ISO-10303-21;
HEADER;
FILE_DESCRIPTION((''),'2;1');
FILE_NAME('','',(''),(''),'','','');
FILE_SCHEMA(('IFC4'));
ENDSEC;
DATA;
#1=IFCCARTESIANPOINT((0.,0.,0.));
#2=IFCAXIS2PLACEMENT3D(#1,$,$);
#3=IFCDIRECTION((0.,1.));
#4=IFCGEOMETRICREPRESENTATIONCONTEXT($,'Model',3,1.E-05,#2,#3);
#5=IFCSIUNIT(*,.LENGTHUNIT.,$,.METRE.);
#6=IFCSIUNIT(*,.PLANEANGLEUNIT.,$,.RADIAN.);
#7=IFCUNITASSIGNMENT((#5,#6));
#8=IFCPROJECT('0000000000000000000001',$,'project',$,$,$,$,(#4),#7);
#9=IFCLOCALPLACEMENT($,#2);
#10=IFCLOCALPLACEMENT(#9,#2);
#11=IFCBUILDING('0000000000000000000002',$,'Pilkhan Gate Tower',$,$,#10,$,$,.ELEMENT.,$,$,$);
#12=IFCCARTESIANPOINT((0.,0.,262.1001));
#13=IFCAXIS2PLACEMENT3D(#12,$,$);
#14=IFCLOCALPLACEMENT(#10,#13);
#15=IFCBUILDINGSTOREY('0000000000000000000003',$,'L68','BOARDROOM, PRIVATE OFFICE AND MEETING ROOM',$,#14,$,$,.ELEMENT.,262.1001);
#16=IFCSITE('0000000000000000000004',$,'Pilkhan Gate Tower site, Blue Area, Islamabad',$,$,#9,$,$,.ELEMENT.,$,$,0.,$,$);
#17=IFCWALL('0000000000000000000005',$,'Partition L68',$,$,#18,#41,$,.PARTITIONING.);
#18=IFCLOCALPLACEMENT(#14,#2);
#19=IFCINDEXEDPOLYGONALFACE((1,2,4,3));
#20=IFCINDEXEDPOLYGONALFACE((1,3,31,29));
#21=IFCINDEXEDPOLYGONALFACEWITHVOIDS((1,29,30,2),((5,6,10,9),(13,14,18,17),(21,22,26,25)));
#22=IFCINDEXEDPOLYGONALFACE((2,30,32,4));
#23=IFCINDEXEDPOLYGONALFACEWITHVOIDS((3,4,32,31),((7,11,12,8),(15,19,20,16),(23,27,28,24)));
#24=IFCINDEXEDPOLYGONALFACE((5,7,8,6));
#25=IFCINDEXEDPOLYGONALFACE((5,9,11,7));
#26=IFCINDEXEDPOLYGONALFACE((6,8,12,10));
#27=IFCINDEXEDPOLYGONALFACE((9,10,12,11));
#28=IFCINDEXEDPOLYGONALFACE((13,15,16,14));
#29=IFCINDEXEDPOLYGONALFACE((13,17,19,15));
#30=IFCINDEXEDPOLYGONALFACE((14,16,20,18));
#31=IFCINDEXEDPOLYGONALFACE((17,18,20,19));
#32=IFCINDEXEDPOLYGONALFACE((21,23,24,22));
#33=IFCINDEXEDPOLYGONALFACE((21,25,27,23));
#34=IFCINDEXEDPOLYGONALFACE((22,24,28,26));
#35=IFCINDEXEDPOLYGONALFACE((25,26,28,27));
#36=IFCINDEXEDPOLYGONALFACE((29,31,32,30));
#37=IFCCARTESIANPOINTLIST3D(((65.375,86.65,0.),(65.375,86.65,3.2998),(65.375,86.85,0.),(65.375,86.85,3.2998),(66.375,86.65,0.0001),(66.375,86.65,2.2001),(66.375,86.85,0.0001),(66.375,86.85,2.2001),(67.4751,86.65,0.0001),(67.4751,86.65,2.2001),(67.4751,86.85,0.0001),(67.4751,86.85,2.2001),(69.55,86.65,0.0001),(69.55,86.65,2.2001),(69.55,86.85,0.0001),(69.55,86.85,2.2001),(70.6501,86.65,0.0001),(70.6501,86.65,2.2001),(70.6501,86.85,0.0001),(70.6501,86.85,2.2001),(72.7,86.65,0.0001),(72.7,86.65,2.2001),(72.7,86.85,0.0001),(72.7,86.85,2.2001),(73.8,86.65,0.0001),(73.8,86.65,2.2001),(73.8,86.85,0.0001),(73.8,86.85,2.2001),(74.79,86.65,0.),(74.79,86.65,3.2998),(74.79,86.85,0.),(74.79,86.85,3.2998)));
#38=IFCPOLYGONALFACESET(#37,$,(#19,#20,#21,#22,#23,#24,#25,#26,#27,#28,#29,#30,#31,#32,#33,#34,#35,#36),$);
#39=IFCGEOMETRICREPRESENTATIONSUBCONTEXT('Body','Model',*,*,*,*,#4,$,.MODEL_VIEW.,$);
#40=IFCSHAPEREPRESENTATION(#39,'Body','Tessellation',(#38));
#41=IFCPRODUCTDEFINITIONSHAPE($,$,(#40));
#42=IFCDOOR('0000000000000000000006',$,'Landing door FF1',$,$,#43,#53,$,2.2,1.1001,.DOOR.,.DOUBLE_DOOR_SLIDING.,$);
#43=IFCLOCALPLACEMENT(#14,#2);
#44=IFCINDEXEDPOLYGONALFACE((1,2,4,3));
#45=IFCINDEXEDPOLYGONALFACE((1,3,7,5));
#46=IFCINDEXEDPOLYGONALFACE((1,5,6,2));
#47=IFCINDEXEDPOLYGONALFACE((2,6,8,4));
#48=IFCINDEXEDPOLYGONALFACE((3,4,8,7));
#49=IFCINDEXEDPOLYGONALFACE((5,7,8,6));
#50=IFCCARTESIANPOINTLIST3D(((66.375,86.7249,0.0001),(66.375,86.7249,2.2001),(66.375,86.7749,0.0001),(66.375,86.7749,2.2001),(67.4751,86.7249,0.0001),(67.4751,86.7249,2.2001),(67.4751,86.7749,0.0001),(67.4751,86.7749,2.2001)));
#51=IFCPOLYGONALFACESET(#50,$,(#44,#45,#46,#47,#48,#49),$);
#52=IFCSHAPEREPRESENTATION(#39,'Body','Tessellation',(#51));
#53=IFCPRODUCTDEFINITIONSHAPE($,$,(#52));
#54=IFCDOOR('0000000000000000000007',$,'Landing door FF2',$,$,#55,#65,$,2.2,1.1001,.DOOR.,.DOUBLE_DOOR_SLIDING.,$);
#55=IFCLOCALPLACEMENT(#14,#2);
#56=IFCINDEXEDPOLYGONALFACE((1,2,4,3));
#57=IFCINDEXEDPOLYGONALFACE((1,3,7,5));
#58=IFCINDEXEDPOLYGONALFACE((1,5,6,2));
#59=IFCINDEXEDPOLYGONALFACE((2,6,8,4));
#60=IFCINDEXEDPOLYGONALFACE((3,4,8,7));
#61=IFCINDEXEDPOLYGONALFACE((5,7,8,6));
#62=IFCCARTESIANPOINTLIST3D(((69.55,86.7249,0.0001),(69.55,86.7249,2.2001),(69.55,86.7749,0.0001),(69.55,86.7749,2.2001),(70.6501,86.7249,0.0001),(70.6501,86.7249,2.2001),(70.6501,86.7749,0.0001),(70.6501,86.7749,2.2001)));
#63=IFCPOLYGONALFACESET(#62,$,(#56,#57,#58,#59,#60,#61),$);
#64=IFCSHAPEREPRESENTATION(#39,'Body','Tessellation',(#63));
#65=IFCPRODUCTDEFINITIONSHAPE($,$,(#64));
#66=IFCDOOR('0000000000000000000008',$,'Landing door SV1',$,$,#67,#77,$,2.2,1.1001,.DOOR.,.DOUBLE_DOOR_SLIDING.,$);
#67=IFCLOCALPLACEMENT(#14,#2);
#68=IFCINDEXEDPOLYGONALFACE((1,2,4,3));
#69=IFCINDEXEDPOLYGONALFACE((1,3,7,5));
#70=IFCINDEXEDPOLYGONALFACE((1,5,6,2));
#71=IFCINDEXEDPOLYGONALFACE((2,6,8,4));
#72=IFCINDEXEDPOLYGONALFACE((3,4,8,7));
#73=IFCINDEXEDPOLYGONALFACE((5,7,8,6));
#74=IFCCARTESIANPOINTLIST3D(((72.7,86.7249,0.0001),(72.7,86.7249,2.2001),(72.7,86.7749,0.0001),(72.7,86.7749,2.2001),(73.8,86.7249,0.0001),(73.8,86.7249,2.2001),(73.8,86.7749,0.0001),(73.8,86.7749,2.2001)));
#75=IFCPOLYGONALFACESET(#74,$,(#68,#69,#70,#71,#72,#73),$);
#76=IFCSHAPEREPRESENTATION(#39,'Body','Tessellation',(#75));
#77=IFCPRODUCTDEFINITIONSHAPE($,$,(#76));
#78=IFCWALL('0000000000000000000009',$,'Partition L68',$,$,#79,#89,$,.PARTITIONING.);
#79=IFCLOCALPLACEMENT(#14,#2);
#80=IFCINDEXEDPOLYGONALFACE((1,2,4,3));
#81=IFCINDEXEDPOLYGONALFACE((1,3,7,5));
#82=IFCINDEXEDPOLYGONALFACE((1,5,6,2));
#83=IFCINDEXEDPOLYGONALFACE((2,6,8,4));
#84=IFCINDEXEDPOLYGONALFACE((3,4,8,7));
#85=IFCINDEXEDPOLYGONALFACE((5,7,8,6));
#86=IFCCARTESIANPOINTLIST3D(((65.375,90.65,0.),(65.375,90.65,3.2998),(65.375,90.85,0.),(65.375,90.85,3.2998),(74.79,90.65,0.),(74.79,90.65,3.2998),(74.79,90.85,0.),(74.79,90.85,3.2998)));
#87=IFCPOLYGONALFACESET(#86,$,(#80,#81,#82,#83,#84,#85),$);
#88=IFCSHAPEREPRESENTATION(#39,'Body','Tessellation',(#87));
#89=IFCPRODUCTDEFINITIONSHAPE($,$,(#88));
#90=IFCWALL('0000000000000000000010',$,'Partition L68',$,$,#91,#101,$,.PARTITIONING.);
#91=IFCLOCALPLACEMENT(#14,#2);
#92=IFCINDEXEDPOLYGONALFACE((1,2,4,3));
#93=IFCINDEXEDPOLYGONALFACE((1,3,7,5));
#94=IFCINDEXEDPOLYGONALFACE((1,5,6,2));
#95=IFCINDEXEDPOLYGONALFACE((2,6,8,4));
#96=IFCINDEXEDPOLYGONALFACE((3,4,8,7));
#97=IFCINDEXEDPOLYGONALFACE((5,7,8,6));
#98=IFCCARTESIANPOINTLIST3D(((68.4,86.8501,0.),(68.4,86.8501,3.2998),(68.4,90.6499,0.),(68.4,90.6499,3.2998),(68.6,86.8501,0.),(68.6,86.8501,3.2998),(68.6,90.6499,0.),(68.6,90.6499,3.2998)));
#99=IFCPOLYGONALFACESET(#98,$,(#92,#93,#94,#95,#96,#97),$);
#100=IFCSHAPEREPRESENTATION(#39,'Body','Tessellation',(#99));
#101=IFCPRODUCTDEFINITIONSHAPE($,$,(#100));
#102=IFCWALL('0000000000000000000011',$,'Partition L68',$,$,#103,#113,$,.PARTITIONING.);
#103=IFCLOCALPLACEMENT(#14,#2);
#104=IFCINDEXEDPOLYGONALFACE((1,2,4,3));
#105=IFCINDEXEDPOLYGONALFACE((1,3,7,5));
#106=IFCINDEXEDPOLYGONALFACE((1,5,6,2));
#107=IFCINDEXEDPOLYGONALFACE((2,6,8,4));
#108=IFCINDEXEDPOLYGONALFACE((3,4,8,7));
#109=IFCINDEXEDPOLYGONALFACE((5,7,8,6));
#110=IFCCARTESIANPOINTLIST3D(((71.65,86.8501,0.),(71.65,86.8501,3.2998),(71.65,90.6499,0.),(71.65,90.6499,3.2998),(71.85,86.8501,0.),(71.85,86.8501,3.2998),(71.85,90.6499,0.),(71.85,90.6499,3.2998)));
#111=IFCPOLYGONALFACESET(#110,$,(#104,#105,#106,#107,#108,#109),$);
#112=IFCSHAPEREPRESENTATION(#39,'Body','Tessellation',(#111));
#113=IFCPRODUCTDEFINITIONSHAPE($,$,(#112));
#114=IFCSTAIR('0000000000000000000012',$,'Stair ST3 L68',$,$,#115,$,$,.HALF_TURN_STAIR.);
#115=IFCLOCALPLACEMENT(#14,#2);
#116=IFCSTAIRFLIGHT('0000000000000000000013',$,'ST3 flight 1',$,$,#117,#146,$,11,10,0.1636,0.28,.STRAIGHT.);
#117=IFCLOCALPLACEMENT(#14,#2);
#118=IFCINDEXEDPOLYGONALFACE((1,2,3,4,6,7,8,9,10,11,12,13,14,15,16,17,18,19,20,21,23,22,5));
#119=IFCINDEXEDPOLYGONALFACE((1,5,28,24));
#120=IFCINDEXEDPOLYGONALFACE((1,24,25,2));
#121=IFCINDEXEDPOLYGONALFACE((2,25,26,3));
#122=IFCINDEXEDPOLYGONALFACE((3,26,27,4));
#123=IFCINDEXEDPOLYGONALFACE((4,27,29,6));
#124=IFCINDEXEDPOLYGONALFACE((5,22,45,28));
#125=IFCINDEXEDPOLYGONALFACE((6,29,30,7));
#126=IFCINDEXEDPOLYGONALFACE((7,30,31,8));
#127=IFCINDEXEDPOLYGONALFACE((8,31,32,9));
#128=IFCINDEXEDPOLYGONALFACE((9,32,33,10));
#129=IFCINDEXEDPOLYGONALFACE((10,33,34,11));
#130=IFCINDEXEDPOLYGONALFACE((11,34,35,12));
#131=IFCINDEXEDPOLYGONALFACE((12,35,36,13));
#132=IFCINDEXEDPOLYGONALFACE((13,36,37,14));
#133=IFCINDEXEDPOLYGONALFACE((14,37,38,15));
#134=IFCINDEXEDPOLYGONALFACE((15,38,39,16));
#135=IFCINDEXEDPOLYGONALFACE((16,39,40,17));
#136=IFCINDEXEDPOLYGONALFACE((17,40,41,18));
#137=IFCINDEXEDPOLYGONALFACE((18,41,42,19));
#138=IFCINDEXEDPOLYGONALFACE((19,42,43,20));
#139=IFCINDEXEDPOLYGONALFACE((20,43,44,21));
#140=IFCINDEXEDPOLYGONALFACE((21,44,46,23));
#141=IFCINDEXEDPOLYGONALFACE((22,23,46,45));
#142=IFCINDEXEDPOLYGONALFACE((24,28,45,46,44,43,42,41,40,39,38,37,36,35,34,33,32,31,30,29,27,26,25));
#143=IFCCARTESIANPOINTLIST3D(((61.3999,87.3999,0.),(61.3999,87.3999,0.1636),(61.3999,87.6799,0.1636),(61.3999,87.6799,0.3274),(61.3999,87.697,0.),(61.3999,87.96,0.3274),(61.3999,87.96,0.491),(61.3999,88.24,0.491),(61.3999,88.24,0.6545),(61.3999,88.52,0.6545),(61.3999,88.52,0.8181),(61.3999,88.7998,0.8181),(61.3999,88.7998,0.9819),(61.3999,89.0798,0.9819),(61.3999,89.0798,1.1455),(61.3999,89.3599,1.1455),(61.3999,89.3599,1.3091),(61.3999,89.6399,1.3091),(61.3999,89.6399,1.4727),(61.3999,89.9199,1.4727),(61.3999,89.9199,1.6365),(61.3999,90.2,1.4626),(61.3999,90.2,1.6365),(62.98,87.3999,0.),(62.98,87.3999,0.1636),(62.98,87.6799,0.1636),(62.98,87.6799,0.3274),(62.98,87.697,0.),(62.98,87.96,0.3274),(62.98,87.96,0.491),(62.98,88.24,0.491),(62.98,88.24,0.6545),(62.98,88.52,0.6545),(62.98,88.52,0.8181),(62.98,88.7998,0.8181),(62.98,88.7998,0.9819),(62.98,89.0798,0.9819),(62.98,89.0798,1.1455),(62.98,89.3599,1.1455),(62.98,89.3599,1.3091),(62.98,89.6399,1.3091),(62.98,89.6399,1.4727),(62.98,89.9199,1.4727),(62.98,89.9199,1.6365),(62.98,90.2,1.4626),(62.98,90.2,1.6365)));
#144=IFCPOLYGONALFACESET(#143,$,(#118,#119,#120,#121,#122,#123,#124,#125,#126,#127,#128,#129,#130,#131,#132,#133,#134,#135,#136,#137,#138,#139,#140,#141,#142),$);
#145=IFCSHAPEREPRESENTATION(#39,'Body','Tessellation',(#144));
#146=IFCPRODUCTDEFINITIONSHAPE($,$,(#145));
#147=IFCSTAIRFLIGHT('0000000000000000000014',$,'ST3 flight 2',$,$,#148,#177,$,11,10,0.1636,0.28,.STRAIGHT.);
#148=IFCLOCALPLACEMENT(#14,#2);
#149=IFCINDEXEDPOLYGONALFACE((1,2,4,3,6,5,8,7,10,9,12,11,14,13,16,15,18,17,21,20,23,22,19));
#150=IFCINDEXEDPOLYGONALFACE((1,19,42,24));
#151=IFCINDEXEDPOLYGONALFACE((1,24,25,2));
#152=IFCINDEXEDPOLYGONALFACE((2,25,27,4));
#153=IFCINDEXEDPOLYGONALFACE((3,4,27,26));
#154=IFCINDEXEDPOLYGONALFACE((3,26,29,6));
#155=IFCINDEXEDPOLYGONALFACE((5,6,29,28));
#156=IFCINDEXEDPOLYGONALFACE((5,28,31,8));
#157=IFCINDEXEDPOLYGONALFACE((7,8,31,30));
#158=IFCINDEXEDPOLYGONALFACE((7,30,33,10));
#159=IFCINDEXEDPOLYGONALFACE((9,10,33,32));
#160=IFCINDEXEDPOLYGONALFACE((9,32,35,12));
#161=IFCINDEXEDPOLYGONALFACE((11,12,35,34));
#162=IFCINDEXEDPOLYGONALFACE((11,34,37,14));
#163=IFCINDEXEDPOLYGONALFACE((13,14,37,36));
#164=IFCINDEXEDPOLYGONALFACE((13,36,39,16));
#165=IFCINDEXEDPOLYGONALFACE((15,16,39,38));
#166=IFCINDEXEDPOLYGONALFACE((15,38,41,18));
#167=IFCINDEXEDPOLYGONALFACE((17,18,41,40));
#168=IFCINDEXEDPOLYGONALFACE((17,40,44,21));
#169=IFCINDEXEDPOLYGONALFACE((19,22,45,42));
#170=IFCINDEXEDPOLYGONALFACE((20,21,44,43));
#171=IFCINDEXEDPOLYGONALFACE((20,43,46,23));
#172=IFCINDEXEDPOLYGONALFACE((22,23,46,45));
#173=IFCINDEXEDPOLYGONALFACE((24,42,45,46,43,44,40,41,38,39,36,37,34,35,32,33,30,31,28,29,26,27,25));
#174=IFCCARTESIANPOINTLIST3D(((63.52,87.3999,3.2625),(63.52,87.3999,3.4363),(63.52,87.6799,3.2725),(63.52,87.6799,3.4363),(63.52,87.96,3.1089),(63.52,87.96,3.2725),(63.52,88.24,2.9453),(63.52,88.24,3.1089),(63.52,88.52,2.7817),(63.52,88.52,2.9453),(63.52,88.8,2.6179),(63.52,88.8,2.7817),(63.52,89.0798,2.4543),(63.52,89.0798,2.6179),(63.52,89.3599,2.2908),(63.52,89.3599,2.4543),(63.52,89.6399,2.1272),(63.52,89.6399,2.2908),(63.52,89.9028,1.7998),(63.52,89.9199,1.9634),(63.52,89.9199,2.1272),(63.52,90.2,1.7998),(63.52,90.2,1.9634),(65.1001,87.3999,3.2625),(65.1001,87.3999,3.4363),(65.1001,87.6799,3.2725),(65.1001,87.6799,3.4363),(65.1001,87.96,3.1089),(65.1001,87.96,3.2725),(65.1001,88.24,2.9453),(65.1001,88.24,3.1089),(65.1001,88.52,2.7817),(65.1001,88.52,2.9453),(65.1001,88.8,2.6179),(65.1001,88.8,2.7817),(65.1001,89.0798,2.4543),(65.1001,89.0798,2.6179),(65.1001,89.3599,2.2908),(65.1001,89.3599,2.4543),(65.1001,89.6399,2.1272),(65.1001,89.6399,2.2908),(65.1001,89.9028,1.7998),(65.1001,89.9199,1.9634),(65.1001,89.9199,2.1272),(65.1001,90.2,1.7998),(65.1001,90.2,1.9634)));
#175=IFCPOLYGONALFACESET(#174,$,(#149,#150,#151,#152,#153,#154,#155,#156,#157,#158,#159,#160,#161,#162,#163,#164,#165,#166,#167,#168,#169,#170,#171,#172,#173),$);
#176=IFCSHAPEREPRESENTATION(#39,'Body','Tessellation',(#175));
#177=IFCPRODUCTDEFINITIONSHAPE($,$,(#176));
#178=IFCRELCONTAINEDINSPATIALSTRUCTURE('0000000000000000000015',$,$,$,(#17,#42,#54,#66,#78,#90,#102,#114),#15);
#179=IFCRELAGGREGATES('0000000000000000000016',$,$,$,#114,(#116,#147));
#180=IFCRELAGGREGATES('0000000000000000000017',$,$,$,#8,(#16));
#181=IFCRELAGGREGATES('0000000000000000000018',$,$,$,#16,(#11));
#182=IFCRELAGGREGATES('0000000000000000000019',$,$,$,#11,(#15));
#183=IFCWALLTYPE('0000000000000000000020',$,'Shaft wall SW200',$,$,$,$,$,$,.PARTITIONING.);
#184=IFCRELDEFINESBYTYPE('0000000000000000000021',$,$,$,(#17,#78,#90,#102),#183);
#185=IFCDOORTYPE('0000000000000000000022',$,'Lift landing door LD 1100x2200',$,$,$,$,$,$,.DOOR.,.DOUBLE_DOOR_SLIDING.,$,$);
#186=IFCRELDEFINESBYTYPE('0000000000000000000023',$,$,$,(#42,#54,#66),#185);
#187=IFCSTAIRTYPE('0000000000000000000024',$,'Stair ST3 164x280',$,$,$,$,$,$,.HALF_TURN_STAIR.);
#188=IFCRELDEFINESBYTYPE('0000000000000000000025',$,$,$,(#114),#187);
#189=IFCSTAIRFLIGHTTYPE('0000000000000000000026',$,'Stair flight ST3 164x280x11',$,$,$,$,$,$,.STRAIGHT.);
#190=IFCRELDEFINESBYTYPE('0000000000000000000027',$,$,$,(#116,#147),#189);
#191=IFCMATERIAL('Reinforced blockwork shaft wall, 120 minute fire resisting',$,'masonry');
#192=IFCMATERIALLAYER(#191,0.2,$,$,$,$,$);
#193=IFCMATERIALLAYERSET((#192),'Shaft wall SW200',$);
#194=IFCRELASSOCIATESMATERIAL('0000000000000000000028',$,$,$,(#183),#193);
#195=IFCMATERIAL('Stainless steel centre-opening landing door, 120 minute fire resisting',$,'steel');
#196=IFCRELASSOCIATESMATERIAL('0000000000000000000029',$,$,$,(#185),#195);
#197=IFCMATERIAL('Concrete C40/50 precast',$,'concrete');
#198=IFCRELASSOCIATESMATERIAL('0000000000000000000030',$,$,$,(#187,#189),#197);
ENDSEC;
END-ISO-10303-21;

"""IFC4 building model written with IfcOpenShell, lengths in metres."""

from ifc_helpers import new_model, si_unit, direction, frame, frame_2d, origin, place, context, subcontext, project, spatial, polyline, rectangle, outline, extrude, material, layer, layer_set, type_object, element, fill, aggregate, save


model = new_model("IFC4")

# Units and contexts
model_context = context("Model", 3, precision=1e-05, world=origin(), true_north=direction((0.0, 1.0)))
body_context = subcontext(model_context, "Body", "Model", "MODEL_VIEW")
ifc_project = project(units=[si_unit("LENGTHUNIT", "METRE"), si_unit("PLANEANGLEUNIT", "RADIAN")], contexts=[model_context])

# Site, building, storey
site_placement = place(None, origin())
site = spatial("IfcSite", under=ifc_project, at=site_placement, Name="Pilkhan Gate Tower site, Blue Area, Islamabad", CompositionType="ELEMENT", RefElevation=0.0)
building_placement = place(site_placement, origin())
building = spatial("IfcBuilding", under=site, at=building_placement, Name="Pilkhan Gate Tower", CompositionType="ELEMENT")
storey_placement = place(building_placement, frame((0.0, 0.0, 262.1001)))
storey = spatial("IfcBuildingStorey", under=building, at=storey_placement, Name="L68", Description="BOARDROOM, PRIVATE OFFICE AND MEETING ROOM", CompositionType="ELEMENT", Elevation=262.1001)

# Wall, openings, doors
ifc_material_1 = material(Name="Reinforced blockwork shaft wall, 120 minute fire resisting", Category="masonry")
ifc_layer_1 = layer(ifc_material_1, 0.2)
ifc_layer_set_1 = layer_set([ifc_layer_1], Name="Shaft wall SW200")
wall_type_1 = type_object("IfcWallType", Name="Shaft wall SW200", PredefinedType="PARTITIONING", material=ifc_layer_set_1)
wall_1_placement = place(storey_placement, frame((65.375, 86.75, 0.0), z_axis=(0.0, 0.0, 1.0), x_axis=(1.0, 0.0, 0.0)))
wall_1 = element("IfcWall", 1, at=wall_1_placement, inside=storey, type_object=wall_type_1, Name="Partition L68", PredefinedType="PARTITIONING", context=body_context, shape_type="SweptSolid", body=[
    extrude(rectangle(XDim=9.415, YDim=0.2, at=frame_2d((4.7075, 0.0))), origin(), (0.0, 0.0, 1.0), 3.2998),
])
opening_1_placement = place(wall_1_placement, frame((1.0, 0.0, 0.0)))
opening_1 = element("IfcOpeningElement", 2, at=opening_1_placement, cuts=wall_1, PredefinedType="OPENING", context=body_context, shape_type="SweptSolid", body=[
    extrude(rectangle(XDim=1.1001, YDim=2.2, at=frame_2d((0.55, 1.1001))), frame((0.0, 0.1099, 0.0), z_axis=(0.0, -1.0, 0.0), x_axis=(1.0, 0.0, 0.0)), (0.0, 0.0, 1.0), 0.22),
])
opening_2_placement = place(wall_1_placement, frame((4.175, 0.0, 0.0)))
opening_2 = element("IfcOpeningElement", 3, at=opening_2_placement, cuts=wall_1, PredefinedType="OPENING", context=body_context, shape_type="SweptSolid", body=[
    extrude(rectangle(XDim=1.1001, YDim=2.2, at=frame_2d((0.55, 1.1001))), frame((0.0, 0.1099, 0.0), z_axis=(0.0, -1.0, 0.0), x_axis=(1.0, 0.0, 0.0)), (0.0, 0.0, 1.0), 0.22),
])
opening_3_placement = place(wall_1_placement, frame((7.325, 0.0, 0.0)))
opening_3 = element("IfcOpeningElement", 4, at=opening_3_placement, cuts=wall_1, PredefinedType="OPENING", context=body_context, shape_type="SweptSolid", body=[
    extrude(rectangle(XDim=1.1001, YDim=2.2, at=frame_2d((0.55, 1.1001))), frame((0.0, 0.1099, 0.0), z_axis=(0.0, -1.0, 0.0), x_axis=(1.0, 0.0, 0.0)), (0.0, 0.0, 1.0), 0.22),
])
ifc_material_2 = material(Name="Stainless steel centre-opening landing door, 120 minute fire resisting", Category="steel")
door_type_1 = type_object("IfcDoorType", Name="Lift landing door LD 1100x2200", OperationType="DOUBLE_DOOR_SLIDING", PredefinedType="DOOR", material=ifc_material_2)
door_1_placement = place(opening_1_placement, origin())
door_1 = element("IfcDoor", 5, at=door_1_placement, inside=storey, type_object=door_type_1, Name="Landing door FF1", OperationType="DOUBLE_DOOR_SLIDING", OverallHeight=2.2, OverallWidth=1.1001, PredefinedType="DOOR", context=body_context, shape_type="SweptSolid", body=[
    extrude(rectangle(XDim=1.1001, YDim=2.2, at=frame_2d((0.55, 1.1001))), frame((0.0, 0.0249, 0.0), z_axis=(0.0, -1.0, 0.0), x_axis=(1.0, 0.0, 0.0)), (0.0, 0.0, 1.0), 0.05),
])
fill(opening_1, door_1)
door_2_placement = place(opening_2_placement, origin())
door_2 = element("IfcDoor", 6, at=door_2_placement, inside=storey, type_object=door_type_1, Name="Landing door FF2", OperationType="DOUBLE_DOOR_SLIDING", OverallHeight=2.2, OverallWidth=1.1001, PredefinedType="DOOR", context=body_context, shape_type="SweptSolid", body=[
    extrude(rectangle(XDim=1.1001, YDim=2.2, at=frame_2d((0.55, 1.1001))), frame((0.0, 0.0249, 0.0), z_axis=(0.0, -1.0, 0.0), x_axis=(1.0, 0.0, 0.0)), (0.0, 0.0, 1.0), 0.05),
])
fill(opening_2, door_2)
door_3_placement = place(opening_3_placement, origin())
door_3 = element("IfcDoor", 7, at=door_3_placement, inside=storey, type_object=door_type_1, Name="Landing door SV1", OperationType="DOUBLE_DOOR_SLIDING", OverallHeight=2.2, OverallWidth=1.1001, PredefinedType="DOOR", context=body_context, shape_type="SweptSolid", body=[
    extrude(rectangle(XDim=1.1001, YDim=2.2, at=frame_2d((0.55, 1.1001))), frame((0.0, 0.0249, 0.0), z_axis=(0.0, -1.0, 0.0), x_axis=(1.0, 0.0, 0.0)), (0.0, 0.0, 1.0), 0.05),
])
fill(opening_3, door_3)

# Walls
wall_2_placement = place(storey_placement, frame((65.375, 90.75, 0.0), z_axis=(0.0, 0.0, 1.0), x_axis=(1.0, 0.0, 0.0)))
element("IfcWall", 8, at=wall_2_placement, inside=storey, type_object=wall_type_1, Name="Partition L68", PredefinedType="PARTITIONING", context=body_context, shape_type="SweptSolid", body=[
    extrude(rectangle(XDim=9.415, YDim=0.2, at=frame_2d((4.7075, 0.0))), origin(), (0.0, 0.0, 1.0), 3.2998),
])
for number, where, z_axis, x_axis, name in (
    (9, (68.5, 86.8501, 0.0), (0.0, 0.0, 1.0), (0.0, 1.0, 0.0), "Partition L68"),
    (10, (71.75, 86.8501, 0.0), (0.0, 0.0, 1.0), (0.0, 1.0, 0.0), "Partition L68"),
):
    element("IfcWall", number, at=place(storey_placement, frame(where, z_axis=z_axis, x_axis=x_axis)), inside=storey, type_object=wall_type_1, Name=name, PredefinedType="PARTITIONING", context=body_context, shape_type="SweptSolid", body=[
        extrude(rectangle(XDim=3.7998, YDim=0.2, at=frame_2d((1.8999, 0.0))), origin(), (0.0, 0.0, 1.0), 3.2998),
    ])

# Stair, stair flights
ifc_material_3 = material(Name="Concrete C40/50 precast", Category="concrete")
stair_type = type_object("IfcStairType", Name="Stair ST3 164x280", PredefinedType="HALF_TURN_STAIR", material=ifc_material_3)
stair_placement = place(storey_placement, origin())
stair = element("IfcStair", 11, at=stair_placement, inside=storey, type_object=stair_type, Name="Stair ST3 L68", PredefinedType="HALF_TURN_STAIR")
stair_flight_type = type_object("IfcStairFlightType", Name="Stair flight ST3 164x280x11", PredefinedType="STRAIGHT", material=ifc_material_3)
stair_flight_1_placement = place(storey_placement, frame((62.1899, 87.3999, 0.0), z_axis=(0.0, 0.0, 1.0), x_axis=(0.0, 1.0, 0.0)))
stair_flight_1 = element("IfcStairFlight", 12, at=stair_flight_1_placement, type_object=stair_flight_type, Name="ST3 flight 1", NumberOfRisers=11, NumberOfTreads=10, PredefinedType="STRAIGHT", RiserHeight=0.1636, TreadLength=0.28, context=body_context, shape_type="SweptSolid", body=[
    extrude(outline(polyline([(0.0, 0.0), (0.0, 0.1636), (0.28, 0.1636), (0.28, 0.3274), (0.5601, 0.3274), (0.5601, 0.491), (0.8401, 0.491), (0.8401, 0.6545), (1.1201, 0.6545), (1.1201, 0.8181), (1.3999, 0.8181), (1.3999, 0.9819), (1.6799, 0.9819), (1.6799, 1.1455), (1.96, 1.1455), (1.96, 1.3091), (2.24, 1.3091), (2.24, 1.4727), (2.52, 1.4727), (2.52, 1.6365), (2.8, 1.6365), (2.8, 1.8), (2.8, 1.4626), (0.2971, 0.0), (0.0, 0.0)])), frame((0.0, 0.79, 0.0), z_axis=(0.0, -1.0, 0.0), x_axis=(1.0, 0.0, 0.0)), (0.0, 0.0, 1.0), 1.5801),
])
stair_flight_2_placement = place(storey_placement, frame((64.3101, 90.2, 1.7998), z_axis=(0.0, 0.0, 1.0), x_axis=(0.0, -1.0, 0.0)))
stair_flight_2 = element("IfcStairFlight", 13, at=stair_flight_2_placement, type_object=stair_flight_type, Name="ST3 flight 2", NumberOfRisers=11, NumberOfTreads=10, PredefinedType="STRAIGHT", RiserHeight=0.1636, TreadLength=0.28, context=body_context, shape_type="SweptSolid", body=[
    extrude(outline(polyline([(0.0, 0.0), (0.0, 0.1636), (0.28, 0.1636), (0.28, 0.3274), (0.5601, 0.3274), (0.5601, 0.491), (0.8401, 0.491), (0.8401, 0.6545), (1.1201, 0.6545), (1.1201, 0.8181), (1.3999, 0.8181), (1.3999, 0.9819), (1.6799, 0.9819), (1.6799, 1.1455), (1.96, 1.1455), (1.96, 1.3091), (2.24, 1.3091), (2.24, 1.4727), (2.52, 1.4727), (2.52, 1.6365), (2.8, 1.6365), (2.8, 1.8), (2.8, 1.4626), (0.2971, 0.0), (0.0, 0.0)])), frame((0.0, 0.79, 0.0), z_axis=(0.0, -1.0, 0.0), x_axis=(1.0, 0.0, 0.0)), (0.0, 0.0, 1.0), 1.5801),
])
aggregate(stair, [stair_flight_1, stair_flight_2])

save(model, "model.ifc")
